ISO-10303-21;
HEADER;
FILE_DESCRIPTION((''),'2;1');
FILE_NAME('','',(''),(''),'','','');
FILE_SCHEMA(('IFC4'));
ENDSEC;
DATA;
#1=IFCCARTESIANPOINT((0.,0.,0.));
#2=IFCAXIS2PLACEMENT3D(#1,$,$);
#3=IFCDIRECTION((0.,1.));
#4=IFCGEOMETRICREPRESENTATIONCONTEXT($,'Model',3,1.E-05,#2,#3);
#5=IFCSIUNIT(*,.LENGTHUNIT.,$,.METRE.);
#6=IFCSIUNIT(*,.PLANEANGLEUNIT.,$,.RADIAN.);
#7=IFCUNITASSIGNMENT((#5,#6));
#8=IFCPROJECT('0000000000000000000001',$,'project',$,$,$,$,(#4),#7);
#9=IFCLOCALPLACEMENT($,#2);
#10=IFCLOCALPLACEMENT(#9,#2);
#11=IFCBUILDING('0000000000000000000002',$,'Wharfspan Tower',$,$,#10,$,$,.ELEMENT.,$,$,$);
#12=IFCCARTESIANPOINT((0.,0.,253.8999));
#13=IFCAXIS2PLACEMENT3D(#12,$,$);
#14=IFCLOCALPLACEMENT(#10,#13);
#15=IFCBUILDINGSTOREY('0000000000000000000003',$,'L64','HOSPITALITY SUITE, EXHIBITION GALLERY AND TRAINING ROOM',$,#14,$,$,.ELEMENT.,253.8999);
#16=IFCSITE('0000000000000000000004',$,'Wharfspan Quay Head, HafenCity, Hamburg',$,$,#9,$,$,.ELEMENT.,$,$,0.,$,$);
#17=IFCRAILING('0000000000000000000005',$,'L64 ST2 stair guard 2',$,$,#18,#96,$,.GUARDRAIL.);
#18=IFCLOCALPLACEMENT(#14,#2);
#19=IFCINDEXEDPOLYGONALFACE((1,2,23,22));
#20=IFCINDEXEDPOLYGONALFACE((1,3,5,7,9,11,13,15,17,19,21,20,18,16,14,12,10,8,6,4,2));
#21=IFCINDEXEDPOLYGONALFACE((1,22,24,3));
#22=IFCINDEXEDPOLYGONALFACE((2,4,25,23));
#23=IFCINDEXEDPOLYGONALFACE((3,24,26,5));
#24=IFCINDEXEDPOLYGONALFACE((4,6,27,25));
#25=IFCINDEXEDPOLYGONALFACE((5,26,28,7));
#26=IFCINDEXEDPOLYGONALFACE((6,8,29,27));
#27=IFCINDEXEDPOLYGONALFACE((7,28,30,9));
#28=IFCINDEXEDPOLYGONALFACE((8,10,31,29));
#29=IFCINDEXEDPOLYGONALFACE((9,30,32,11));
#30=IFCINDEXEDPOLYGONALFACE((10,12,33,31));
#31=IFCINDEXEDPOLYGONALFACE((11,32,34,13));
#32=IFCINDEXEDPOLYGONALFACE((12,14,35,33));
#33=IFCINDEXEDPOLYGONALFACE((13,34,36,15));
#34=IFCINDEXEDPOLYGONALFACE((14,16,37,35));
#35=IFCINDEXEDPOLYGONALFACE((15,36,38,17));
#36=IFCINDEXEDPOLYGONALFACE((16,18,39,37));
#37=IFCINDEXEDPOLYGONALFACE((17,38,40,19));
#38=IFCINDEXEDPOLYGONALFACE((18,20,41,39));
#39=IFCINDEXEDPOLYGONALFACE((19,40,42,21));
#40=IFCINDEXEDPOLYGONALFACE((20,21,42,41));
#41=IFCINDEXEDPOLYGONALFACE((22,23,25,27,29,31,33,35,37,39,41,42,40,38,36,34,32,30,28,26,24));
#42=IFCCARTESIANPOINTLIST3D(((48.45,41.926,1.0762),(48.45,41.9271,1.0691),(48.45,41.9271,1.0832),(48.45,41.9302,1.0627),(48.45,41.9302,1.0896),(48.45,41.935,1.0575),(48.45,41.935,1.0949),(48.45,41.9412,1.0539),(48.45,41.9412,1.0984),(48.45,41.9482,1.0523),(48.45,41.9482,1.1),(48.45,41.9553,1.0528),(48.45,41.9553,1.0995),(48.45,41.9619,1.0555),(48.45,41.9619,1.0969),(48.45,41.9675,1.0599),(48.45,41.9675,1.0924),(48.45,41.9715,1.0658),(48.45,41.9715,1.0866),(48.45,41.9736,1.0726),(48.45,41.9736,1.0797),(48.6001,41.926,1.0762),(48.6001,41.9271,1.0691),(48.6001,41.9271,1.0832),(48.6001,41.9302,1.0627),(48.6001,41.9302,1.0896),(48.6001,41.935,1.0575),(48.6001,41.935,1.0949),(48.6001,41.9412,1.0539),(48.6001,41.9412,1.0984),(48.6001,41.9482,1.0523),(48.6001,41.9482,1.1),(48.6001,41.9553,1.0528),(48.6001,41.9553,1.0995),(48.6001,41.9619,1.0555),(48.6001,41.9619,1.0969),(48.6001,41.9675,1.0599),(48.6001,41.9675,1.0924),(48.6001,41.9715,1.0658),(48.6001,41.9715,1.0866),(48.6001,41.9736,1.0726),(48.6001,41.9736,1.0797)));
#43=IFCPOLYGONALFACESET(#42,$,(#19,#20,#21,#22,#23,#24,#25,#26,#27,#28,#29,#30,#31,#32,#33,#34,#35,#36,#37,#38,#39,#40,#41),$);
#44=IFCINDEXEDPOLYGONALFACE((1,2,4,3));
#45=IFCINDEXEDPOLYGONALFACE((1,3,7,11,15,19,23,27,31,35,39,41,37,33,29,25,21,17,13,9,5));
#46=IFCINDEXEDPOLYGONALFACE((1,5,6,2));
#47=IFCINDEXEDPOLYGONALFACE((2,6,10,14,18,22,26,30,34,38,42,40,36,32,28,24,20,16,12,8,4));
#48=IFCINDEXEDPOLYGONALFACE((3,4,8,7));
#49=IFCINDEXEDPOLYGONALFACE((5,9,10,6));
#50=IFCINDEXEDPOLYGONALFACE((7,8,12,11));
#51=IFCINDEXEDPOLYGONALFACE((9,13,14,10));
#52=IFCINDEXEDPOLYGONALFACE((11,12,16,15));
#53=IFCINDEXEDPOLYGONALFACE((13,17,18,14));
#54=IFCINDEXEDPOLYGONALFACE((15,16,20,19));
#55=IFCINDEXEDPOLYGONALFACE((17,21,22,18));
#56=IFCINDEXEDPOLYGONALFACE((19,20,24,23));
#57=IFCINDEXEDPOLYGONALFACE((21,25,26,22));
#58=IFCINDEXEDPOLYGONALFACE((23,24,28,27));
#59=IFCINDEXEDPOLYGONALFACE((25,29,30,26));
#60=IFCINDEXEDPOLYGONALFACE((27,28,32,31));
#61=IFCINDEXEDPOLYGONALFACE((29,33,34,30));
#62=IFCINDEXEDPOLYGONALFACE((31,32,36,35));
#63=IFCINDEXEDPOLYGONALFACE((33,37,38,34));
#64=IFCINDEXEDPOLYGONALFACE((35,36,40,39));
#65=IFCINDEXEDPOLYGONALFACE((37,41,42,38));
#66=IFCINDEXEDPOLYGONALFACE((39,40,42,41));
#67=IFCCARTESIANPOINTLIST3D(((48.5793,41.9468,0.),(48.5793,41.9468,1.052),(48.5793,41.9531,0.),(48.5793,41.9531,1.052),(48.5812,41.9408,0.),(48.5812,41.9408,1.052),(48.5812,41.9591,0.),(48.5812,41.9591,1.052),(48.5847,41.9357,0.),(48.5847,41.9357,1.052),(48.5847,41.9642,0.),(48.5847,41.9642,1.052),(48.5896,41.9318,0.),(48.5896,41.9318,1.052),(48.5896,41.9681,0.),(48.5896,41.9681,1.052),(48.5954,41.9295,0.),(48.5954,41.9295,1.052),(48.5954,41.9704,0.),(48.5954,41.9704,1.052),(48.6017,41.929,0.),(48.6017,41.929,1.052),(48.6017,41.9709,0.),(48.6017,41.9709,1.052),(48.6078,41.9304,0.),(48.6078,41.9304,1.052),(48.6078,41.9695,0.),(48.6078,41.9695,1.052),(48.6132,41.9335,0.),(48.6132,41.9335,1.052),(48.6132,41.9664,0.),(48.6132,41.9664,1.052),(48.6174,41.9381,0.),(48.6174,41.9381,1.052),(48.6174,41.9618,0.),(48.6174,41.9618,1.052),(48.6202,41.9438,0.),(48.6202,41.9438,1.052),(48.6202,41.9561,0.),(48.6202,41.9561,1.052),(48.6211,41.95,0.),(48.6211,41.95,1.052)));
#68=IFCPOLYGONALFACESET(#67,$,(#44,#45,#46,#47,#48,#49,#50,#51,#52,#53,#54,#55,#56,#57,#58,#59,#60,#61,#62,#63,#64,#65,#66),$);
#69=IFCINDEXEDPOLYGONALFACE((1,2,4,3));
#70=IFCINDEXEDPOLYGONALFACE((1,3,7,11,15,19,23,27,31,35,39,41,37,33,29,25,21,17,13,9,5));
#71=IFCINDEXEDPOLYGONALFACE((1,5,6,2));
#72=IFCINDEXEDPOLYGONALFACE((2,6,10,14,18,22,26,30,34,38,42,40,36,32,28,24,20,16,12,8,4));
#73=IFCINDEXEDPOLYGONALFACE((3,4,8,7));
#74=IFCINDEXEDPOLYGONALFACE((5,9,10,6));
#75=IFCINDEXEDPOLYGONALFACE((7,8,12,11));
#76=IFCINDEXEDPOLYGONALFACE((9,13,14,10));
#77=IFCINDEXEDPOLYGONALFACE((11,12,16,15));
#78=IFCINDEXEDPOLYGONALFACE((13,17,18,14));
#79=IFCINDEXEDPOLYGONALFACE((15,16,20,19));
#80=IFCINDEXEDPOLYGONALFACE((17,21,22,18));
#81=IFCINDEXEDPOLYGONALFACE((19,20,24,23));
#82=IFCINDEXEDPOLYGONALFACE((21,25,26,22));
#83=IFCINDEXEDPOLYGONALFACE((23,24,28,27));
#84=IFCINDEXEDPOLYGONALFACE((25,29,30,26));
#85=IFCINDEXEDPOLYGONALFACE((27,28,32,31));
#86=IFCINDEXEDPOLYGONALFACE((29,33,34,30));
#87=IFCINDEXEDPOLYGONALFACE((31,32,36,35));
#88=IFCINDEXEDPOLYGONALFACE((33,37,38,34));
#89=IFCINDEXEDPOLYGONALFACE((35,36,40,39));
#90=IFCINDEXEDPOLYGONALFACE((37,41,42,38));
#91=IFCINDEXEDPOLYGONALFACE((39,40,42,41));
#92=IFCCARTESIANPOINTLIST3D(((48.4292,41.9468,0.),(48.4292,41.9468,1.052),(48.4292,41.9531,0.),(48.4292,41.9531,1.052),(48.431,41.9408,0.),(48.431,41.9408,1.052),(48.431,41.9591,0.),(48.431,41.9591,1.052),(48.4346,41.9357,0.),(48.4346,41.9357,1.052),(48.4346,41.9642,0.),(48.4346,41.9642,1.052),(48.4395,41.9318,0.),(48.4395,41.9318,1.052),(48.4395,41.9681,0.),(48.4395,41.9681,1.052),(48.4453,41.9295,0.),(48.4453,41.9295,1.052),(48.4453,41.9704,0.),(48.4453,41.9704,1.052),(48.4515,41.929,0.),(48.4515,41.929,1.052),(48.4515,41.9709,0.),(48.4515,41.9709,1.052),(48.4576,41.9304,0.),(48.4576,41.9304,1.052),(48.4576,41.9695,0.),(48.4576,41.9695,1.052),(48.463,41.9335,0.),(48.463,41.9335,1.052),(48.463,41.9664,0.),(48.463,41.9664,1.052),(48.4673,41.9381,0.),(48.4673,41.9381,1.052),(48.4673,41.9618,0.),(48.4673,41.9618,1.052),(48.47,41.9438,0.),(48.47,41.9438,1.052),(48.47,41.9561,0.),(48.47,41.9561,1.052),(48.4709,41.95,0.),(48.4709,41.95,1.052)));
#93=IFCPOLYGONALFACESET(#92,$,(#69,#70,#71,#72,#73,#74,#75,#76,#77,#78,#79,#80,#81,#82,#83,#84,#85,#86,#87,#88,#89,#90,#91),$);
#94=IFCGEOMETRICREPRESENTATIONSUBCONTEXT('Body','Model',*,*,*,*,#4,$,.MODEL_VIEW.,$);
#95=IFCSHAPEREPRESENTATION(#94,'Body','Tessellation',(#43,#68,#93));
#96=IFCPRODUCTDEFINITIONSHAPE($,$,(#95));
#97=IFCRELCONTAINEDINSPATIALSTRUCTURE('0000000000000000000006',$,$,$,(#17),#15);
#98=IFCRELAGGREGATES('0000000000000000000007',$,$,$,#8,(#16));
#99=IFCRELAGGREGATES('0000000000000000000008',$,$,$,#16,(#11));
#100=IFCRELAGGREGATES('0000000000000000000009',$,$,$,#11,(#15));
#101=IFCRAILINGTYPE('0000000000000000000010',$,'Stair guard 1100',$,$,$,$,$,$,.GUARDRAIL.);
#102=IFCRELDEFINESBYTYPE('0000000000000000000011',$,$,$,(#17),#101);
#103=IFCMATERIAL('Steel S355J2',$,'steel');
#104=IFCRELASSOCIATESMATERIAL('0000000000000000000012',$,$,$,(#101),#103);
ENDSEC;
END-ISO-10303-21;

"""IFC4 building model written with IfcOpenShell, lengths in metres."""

from ifc_helpers import new_model, si_unit, direction, frame, origin, origin_2d, place, context, subcontext, project, spatial, circle, extrude, material, type_object, element, save


model = new_model("IFC4")

# Units and contexts
model_context = context("Model", 3, precision=1e-05, world=origin(), true_north=direction((0.0, 1.0)))
body_context = subcontext(model_context, "Body", "Model", "MODEL_VIEW")
ifc_project = project(units=[si_unit("LENGTHUNIT", "METRE"), si_unit("PLANEANGLEUNIT", "RADIAN")], contexts=[model_context])

# Site, building, storey
site_placement = place(None, origin())
site = spatial("IfcSite", under=ifc_project, at=site_placement, Name="Wharfspan Quay Head, HafenCity, Hamburg", CompositionType="ELEMENT", RefElevation=0.0)
building_placement = place(site_placement, origin())
building = spatial("IfcBuilding", under=site, at=building_placement, Name="Wharfspan Tower", CompositionType="ELEMENT")
storey_placement = place(building_placement, frame((0.0, 0.0, 253.8999)))
storey = spatial("IfcBuildingStorey", under=building, at=storey_placement, Name="L64", Description="HOSPITALITY SUITE, EXHIBITION GALLERY AND TRAINING ROOM", CompositionType="ELEMENT", Elevation=253.8999)

# Shared definitions
ifc_material_1 = material(Name="Steel S355J2", Category="steel")

# Railing
railing_type_1 = type_object("IfcRailingType", Name="Stair guard 1100", PredefinedType="GUARDRAIL", material=ifc_material_1)
railing_1_placement = place(storey_placement, frame((48.6001, 41.95, 0.0)))
element("IfcRailing", 1, at=railing_1_placement, inside=storey, type_object=railing_type_1, Name="L64 ST2 stair guard 2", PredefinedType="GUARDRAIL", context=body_context, shape_type="SweptSolid", body=[
    extrude(circle(Radius=0.0239, at=origin_2d()), frame((0.0, 0.0, 1.0762), z_axis=(-1.0, 0.0, 0.0), x_axis=(0.0, -1.0, 0.0)), (0.0, 0.0, 1.0), 0.1501),
    extrude(circle(Radius=0.021, at=origin_2d()), origin(), (0.0, 0.0, 1.0), 1.052),
    extrude(circle(Radius=0.021, at=origin_2d()), frame((-0.1501, 0.0, 0.0)), (0.0, 0.0, 1.0), 1.052),
])

save(model, "model.ifc")
